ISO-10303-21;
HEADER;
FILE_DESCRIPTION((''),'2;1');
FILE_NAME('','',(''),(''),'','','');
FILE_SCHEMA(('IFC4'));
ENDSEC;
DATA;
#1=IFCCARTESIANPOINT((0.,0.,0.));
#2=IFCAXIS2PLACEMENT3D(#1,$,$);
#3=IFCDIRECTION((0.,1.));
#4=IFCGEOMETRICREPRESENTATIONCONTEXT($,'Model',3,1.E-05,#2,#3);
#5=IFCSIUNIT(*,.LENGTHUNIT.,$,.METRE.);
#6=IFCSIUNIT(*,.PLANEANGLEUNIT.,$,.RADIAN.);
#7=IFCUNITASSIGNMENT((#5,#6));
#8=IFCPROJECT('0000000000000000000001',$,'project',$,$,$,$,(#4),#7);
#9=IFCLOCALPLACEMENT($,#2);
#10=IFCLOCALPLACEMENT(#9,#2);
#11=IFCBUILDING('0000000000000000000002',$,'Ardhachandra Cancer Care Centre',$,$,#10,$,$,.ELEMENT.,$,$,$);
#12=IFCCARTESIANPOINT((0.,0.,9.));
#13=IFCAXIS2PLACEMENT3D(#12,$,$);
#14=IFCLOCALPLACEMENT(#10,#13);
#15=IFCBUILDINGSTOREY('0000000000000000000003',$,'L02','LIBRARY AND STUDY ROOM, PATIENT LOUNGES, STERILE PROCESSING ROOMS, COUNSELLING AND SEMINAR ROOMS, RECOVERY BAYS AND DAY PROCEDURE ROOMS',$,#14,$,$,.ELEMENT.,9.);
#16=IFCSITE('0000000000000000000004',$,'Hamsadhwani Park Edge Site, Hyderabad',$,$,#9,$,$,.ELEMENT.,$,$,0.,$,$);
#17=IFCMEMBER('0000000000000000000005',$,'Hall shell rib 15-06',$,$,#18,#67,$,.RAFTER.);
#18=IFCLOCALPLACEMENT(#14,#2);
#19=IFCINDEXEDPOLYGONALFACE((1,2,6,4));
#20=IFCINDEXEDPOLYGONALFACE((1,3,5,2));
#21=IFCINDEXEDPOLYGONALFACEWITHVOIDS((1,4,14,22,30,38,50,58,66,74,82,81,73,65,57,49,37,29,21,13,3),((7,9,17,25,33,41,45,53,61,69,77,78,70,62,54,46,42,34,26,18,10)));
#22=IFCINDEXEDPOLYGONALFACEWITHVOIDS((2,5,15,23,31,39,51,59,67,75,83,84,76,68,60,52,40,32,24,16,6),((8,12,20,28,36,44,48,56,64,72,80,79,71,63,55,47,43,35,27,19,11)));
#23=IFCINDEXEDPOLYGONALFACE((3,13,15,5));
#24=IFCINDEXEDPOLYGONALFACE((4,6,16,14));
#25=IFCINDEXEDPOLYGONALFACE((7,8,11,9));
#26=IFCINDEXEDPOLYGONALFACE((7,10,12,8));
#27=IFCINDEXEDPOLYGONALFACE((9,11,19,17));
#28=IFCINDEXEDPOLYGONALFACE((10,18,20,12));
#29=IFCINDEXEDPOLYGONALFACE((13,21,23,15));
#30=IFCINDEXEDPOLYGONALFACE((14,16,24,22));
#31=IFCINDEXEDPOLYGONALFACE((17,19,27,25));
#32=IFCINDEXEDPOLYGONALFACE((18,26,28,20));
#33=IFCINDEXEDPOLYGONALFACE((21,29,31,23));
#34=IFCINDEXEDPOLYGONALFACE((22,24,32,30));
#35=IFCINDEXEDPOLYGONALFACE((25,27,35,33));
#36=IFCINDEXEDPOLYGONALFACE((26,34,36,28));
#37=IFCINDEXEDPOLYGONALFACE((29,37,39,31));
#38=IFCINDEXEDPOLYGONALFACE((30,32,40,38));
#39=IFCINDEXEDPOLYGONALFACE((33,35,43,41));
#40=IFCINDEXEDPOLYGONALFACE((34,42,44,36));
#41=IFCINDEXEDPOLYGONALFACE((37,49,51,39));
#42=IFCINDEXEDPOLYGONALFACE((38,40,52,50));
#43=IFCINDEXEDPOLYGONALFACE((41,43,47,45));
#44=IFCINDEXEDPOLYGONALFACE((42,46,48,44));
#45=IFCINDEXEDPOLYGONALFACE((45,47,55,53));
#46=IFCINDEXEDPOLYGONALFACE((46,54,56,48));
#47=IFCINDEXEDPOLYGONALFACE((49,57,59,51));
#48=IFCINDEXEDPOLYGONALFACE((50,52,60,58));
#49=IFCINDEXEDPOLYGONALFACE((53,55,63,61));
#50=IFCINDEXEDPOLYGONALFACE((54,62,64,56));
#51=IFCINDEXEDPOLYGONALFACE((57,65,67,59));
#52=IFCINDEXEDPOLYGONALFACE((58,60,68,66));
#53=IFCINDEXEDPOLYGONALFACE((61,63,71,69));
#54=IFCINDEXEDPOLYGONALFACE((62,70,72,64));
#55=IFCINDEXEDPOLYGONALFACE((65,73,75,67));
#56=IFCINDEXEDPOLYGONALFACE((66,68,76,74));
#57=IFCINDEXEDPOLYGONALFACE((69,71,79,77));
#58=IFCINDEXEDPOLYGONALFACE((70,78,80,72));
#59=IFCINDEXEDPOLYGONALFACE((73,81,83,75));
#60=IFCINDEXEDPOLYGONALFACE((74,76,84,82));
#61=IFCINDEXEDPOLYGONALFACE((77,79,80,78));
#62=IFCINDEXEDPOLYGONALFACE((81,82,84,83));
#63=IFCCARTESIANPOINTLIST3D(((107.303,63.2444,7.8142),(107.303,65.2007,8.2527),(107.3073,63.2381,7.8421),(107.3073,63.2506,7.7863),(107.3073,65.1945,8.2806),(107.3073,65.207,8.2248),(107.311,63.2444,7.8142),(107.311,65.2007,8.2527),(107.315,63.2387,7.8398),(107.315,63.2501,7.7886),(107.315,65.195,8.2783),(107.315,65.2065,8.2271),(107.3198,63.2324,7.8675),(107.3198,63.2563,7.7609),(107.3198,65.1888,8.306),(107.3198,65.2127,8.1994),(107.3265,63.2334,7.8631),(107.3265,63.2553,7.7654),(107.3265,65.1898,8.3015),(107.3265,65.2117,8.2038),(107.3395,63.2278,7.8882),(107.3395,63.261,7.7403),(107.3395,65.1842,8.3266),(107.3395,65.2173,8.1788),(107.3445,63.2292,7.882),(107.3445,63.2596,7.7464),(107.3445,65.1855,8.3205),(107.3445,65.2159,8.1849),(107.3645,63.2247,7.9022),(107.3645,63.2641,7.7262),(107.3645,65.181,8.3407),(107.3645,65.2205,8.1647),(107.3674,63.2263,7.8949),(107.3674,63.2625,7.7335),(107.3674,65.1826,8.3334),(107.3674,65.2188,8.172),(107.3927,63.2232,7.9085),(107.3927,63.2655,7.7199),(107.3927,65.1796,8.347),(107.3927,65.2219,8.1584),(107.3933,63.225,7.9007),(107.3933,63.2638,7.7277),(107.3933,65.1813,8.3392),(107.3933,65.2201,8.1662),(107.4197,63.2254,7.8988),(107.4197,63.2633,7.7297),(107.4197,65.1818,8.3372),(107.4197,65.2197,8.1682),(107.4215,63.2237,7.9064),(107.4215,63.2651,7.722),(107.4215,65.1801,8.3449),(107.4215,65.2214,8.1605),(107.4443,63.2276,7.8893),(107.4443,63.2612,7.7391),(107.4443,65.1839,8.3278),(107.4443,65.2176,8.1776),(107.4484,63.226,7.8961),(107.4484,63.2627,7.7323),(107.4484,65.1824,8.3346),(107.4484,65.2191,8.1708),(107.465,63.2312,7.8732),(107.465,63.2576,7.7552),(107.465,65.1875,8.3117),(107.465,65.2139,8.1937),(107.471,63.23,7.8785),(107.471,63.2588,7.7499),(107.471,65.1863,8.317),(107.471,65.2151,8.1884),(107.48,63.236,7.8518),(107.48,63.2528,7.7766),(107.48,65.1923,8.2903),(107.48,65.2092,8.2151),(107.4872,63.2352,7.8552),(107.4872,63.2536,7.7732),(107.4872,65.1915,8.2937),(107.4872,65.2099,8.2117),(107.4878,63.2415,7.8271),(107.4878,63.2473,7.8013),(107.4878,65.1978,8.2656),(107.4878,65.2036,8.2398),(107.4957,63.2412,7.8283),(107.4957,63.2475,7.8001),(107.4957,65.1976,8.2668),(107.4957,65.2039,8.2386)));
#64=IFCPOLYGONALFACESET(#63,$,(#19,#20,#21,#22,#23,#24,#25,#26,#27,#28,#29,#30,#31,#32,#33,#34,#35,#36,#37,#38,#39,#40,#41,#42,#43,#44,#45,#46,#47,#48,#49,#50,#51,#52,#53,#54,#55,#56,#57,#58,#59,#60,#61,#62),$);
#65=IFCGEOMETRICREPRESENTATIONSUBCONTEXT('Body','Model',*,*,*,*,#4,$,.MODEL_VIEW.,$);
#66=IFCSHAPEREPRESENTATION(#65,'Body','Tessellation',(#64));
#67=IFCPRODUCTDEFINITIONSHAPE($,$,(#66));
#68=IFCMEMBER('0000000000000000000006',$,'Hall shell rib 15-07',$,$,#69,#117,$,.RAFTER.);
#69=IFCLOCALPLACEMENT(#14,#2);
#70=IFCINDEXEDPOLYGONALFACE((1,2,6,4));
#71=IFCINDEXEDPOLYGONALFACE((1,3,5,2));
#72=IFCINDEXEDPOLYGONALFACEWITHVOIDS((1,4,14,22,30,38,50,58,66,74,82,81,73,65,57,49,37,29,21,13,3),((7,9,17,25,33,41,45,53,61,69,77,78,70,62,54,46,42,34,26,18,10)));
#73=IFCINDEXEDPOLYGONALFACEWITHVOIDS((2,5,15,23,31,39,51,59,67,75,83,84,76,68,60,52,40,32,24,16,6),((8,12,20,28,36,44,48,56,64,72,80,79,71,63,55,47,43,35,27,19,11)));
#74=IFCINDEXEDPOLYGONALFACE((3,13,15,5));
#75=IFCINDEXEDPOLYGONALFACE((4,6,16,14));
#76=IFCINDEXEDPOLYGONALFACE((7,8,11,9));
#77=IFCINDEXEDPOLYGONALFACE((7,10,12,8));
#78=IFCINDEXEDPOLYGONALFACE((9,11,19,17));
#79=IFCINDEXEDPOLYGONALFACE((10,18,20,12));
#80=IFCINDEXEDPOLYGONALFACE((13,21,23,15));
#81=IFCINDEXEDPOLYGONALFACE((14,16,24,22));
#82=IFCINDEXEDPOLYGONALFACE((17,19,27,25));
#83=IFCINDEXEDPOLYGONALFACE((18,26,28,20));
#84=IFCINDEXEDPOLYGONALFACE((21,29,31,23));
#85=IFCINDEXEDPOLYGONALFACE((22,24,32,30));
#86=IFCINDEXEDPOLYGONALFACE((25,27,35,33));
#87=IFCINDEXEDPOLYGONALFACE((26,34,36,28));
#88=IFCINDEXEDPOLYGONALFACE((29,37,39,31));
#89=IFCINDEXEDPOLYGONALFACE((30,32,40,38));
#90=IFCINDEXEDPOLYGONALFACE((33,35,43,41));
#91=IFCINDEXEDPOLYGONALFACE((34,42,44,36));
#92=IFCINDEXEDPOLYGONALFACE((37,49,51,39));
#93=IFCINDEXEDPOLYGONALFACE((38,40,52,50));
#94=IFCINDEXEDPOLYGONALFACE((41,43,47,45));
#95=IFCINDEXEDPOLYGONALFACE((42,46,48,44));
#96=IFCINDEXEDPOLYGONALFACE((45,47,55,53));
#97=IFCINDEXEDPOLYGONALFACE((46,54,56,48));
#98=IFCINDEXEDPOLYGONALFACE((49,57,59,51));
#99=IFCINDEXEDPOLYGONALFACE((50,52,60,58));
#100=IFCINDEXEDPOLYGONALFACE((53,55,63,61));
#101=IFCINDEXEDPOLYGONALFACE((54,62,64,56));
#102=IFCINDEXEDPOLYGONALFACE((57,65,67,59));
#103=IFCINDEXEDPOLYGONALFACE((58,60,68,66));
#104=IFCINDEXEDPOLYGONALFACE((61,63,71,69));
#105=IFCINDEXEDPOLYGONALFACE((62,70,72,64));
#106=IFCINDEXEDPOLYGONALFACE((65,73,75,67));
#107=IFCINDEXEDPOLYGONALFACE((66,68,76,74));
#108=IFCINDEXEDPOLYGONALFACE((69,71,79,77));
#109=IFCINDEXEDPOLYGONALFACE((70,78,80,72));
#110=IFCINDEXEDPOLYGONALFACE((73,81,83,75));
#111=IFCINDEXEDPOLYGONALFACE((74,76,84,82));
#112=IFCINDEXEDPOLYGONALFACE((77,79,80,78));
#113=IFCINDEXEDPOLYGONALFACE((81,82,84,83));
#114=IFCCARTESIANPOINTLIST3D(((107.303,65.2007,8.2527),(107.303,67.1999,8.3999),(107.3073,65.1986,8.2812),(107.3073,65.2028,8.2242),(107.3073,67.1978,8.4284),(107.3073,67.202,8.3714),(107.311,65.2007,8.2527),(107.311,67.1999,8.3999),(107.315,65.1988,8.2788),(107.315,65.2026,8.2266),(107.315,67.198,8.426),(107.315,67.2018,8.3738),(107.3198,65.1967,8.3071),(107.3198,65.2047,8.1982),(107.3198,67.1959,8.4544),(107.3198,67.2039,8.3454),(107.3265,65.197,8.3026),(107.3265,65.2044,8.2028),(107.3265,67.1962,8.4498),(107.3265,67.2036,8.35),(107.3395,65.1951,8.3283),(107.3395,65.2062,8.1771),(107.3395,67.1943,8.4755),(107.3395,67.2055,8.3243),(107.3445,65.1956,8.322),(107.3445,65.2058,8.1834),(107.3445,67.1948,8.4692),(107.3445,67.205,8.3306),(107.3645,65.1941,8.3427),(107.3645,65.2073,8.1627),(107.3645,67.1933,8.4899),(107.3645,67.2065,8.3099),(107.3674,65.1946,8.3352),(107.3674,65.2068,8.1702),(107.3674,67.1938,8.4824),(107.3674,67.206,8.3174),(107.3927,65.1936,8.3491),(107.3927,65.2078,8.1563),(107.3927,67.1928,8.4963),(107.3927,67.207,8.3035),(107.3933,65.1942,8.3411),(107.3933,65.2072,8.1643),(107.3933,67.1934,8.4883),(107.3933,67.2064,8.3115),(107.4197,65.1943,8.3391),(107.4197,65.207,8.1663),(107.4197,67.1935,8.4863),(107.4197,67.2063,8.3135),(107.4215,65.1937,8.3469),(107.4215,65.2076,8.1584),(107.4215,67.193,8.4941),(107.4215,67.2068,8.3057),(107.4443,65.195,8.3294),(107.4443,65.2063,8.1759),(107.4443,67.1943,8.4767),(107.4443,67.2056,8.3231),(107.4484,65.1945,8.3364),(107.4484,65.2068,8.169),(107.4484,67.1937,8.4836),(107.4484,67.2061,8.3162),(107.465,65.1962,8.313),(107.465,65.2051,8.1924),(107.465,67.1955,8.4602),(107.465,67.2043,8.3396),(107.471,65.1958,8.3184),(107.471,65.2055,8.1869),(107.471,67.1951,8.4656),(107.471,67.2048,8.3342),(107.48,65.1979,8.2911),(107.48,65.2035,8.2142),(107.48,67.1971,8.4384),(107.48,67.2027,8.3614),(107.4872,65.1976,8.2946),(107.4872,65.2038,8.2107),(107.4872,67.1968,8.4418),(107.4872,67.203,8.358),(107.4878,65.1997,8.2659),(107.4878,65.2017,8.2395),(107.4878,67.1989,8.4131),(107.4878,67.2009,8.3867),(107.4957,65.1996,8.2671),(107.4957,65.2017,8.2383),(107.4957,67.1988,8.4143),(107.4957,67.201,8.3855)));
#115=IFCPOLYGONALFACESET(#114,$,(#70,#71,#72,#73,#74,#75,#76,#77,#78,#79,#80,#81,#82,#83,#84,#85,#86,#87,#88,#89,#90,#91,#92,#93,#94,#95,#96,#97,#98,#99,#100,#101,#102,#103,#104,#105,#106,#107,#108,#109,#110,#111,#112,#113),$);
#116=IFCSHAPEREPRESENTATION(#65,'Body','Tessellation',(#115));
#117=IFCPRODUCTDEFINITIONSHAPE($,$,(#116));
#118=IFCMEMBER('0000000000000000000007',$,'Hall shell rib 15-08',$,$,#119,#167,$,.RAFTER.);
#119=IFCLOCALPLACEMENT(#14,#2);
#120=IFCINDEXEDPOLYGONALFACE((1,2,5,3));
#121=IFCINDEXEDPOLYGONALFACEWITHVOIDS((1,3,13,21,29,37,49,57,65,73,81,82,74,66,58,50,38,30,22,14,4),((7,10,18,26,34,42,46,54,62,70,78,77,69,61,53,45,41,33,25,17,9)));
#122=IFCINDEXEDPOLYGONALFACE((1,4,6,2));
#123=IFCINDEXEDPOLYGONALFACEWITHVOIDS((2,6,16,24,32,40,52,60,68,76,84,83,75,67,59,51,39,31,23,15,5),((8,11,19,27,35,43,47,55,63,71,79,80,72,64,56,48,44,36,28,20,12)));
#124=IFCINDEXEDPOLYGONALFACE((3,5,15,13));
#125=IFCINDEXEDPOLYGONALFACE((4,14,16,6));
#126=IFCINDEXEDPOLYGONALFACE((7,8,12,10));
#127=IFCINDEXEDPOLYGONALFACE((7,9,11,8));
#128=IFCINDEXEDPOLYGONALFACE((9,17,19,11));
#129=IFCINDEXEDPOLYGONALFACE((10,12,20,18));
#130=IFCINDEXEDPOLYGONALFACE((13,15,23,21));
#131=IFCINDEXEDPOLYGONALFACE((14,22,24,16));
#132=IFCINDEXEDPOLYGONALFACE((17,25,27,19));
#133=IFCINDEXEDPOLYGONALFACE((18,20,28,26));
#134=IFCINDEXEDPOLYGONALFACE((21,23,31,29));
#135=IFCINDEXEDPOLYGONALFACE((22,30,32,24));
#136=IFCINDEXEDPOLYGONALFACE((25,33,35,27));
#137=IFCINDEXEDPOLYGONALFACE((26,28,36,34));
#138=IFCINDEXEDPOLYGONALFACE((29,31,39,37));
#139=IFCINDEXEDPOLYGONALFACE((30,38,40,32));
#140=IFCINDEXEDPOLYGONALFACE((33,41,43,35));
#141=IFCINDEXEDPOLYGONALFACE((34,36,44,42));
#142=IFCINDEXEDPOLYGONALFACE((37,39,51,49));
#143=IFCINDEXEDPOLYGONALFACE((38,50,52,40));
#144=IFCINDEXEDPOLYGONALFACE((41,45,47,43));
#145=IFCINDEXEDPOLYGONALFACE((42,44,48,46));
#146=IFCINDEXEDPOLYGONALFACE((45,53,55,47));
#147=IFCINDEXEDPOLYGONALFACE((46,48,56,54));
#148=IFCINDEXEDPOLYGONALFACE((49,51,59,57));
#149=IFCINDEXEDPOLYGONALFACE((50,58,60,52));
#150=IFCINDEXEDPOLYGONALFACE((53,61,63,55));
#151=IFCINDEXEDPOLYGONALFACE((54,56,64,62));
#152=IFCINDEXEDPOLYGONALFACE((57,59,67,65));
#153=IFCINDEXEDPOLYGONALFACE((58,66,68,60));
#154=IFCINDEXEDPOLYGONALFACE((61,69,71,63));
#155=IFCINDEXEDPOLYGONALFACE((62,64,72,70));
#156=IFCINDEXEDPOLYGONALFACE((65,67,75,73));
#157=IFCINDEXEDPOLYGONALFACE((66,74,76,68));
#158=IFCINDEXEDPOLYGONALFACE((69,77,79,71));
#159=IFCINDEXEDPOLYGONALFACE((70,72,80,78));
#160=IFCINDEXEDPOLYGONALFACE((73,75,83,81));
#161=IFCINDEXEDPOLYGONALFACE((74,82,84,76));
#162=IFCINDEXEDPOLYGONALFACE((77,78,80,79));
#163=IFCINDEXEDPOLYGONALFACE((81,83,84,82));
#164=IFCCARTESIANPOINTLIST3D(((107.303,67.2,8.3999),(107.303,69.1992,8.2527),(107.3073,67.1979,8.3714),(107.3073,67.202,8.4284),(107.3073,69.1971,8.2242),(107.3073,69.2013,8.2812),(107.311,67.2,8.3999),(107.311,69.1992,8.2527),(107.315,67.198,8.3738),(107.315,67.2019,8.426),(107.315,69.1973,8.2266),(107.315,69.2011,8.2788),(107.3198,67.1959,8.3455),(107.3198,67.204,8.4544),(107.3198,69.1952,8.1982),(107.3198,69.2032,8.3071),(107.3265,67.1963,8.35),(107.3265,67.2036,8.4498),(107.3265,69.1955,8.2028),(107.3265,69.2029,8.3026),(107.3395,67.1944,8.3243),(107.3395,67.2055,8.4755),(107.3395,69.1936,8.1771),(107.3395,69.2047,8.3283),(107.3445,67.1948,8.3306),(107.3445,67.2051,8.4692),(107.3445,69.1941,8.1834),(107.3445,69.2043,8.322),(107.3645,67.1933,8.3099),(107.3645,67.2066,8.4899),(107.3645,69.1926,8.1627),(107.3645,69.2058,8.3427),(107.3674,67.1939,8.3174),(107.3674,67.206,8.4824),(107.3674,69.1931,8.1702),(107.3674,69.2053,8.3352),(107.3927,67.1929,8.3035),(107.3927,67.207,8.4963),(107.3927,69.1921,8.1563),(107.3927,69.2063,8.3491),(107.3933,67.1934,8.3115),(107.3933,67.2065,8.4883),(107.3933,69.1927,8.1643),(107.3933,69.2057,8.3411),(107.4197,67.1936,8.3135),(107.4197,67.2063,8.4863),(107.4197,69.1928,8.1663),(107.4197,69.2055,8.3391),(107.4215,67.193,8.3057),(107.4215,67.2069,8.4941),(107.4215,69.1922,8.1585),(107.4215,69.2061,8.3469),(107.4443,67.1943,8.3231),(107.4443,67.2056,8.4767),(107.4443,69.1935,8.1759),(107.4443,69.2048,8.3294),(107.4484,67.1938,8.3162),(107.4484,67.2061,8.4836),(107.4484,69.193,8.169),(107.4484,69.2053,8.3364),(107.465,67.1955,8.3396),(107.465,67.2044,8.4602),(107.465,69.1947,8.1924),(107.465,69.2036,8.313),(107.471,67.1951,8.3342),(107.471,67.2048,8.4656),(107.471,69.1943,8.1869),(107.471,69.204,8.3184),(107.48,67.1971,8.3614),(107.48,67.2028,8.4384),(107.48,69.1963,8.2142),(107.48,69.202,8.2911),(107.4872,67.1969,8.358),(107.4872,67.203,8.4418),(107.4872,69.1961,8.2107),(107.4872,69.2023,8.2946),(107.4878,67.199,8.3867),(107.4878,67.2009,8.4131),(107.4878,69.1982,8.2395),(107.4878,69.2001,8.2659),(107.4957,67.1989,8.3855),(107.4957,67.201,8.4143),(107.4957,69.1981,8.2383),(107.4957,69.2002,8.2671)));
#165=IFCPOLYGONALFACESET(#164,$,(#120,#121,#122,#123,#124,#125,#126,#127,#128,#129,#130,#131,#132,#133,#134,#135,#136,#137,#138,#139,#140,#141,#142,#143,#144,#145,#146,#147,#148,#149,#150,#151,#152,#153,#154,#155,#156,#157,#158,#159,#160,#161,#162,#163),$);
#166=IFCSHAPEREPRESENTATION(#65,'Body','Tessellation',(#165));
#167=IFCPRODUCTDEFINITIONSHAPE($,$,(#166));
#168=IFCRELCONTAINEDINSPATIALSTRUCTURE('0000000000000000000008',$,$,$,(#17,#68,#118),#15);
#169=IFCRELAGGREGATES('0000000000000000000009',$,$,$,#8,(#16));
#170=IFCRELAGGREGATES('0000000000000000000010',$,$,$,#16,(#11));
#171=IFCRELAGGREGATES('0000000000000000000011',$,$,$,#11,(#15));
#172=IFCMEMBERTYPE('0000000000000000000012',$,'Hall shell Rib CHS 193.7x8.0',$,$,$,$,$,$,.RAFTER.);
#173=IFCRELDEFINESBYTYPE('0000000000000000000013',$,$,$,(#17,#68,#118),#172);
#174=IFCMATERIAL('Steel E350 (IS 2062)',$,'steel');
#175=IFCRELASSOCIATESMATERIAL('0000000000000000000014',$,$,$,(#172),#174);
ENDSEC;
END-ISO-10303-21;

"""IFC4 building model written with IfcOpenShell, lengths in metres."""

from ifc_helpers import new_model, si_unit, direction, frame, origin, origin_2d, place, context, subcontext, project, spatial, hollow_circle, extrude, material, material_profile, profile_set, type_object, element, save


model = new_model("IFC4")

# Units and contexts
model_context = context("Model", 3, precision=1e-05, world=origin(), true_north=direction((0.0, 1.0)))
body_context = subcontext(model_context, "Body", "Model", "MODEL_VIEW")
ifc_project = project(units=[si_unit("LENGTHUNIT", "METRE"), si_unit("PLANEANGLEUNIT", "RADIAN")], contexts=[model_context])

# Site, building, storey
site_placement = place(None, origin())
site = spatial("IfcSite", under=ifc_project, at=site_placement, Name="Hamsadhwani Park Edge Site, Hyderabad", CompositionType="ELEMENT", RefElevation=0.0)
building_placement = place(site_placement, origin())
building = spatial("IfcBuilding", under=site, at=building_placement, Name="Ardhachandra Cancer Care Centre", CompositionType="ELEMENT")
storey_placement = place(building_placement, frame((0.0, 0.0, 9.0)))
storey = spatial("IfcBuildingStorey", under=building, at=storey_placement, Name="L02", Description="LIBRARY AND STUDY ROOM, PATIENT LOUNGES, STERILE PROCESSING ROOMS, COUNSELLING AND SEMINAR ROOMS, RECOVERY BAYS AND DAY PROCEDURE ROOMS", CompositionType="ELEMENT", Elevation=9.0)

# Members
ifc_material_1 = material(Name="Steel E350 (IS 2062)", Category="steel")
ifc_material_profile_1 = material_profile(ifc_material_1, hollow_circle(Radius=0.0969, WallThickness=0.0081, at=origin_2d()), Name="CHS 193.7x8.0")
ifc_profile_set_1 = profile_set([ifc_material_profile_1], Name="Steel E350 (IS 2062)")
member_type_1 = type_object("IfcMemberType", Name="Hall shell Rib CHS 193.7x8.0", PredefinedType="RAFTER", material=ifc_profile_set_1)
member_1_placement = place(storey_placement, frame((107.3999, 63.2444, 7.8142), z_axis=(0.0, 0.97579, 0.218709), x_axis=(-1.0, 0.0, 0.0)))
element("IfcMember", 1, at=member_1_placement, inside=storey, type_object=member_type_1, Name="Hall shell rib 15-06", PredefinedType="RAFTER", context=body_context, shape_type="SweptSolid", body=[
    extrude(hollow_circle(Radius=0.0969, WallThickness=0.0081, at=origin_2d()), origin(), (0.0, 0.0, 1.0), 2.0049),
])
for number, where, z_axis, x_axis, name in (
    (2, (107.3999, 65.2007, 8.2527), (0.0, 0.9973, 0.073437), (-1.0, 0.0, 0.0), "Hall shell rib 15-07"),
    (3, (107.3999, 67.2, 8.3999), (0.0, 0.9973, -0.073437), (-1.0, 0.0, 0.0), "Hall shell rib 15-08"),
):
    element("IfcMember", number, at=place(storey_placement, frame(where, z_axis=z_axis, x_axis=x_axis)), inside=storey, type_object=member_type_1, Name=name, PredefinedType="RAFTER", context=body_context, shape_type="SweptSolid", body=[
        extrude(hollow_circle(Radius=0.0969, WallThickness=0.0081, at=origin_2d()), origin(), (0.0, 0.0, 1.0), 2.0046),
    ])

save(model, "model.ifc")
